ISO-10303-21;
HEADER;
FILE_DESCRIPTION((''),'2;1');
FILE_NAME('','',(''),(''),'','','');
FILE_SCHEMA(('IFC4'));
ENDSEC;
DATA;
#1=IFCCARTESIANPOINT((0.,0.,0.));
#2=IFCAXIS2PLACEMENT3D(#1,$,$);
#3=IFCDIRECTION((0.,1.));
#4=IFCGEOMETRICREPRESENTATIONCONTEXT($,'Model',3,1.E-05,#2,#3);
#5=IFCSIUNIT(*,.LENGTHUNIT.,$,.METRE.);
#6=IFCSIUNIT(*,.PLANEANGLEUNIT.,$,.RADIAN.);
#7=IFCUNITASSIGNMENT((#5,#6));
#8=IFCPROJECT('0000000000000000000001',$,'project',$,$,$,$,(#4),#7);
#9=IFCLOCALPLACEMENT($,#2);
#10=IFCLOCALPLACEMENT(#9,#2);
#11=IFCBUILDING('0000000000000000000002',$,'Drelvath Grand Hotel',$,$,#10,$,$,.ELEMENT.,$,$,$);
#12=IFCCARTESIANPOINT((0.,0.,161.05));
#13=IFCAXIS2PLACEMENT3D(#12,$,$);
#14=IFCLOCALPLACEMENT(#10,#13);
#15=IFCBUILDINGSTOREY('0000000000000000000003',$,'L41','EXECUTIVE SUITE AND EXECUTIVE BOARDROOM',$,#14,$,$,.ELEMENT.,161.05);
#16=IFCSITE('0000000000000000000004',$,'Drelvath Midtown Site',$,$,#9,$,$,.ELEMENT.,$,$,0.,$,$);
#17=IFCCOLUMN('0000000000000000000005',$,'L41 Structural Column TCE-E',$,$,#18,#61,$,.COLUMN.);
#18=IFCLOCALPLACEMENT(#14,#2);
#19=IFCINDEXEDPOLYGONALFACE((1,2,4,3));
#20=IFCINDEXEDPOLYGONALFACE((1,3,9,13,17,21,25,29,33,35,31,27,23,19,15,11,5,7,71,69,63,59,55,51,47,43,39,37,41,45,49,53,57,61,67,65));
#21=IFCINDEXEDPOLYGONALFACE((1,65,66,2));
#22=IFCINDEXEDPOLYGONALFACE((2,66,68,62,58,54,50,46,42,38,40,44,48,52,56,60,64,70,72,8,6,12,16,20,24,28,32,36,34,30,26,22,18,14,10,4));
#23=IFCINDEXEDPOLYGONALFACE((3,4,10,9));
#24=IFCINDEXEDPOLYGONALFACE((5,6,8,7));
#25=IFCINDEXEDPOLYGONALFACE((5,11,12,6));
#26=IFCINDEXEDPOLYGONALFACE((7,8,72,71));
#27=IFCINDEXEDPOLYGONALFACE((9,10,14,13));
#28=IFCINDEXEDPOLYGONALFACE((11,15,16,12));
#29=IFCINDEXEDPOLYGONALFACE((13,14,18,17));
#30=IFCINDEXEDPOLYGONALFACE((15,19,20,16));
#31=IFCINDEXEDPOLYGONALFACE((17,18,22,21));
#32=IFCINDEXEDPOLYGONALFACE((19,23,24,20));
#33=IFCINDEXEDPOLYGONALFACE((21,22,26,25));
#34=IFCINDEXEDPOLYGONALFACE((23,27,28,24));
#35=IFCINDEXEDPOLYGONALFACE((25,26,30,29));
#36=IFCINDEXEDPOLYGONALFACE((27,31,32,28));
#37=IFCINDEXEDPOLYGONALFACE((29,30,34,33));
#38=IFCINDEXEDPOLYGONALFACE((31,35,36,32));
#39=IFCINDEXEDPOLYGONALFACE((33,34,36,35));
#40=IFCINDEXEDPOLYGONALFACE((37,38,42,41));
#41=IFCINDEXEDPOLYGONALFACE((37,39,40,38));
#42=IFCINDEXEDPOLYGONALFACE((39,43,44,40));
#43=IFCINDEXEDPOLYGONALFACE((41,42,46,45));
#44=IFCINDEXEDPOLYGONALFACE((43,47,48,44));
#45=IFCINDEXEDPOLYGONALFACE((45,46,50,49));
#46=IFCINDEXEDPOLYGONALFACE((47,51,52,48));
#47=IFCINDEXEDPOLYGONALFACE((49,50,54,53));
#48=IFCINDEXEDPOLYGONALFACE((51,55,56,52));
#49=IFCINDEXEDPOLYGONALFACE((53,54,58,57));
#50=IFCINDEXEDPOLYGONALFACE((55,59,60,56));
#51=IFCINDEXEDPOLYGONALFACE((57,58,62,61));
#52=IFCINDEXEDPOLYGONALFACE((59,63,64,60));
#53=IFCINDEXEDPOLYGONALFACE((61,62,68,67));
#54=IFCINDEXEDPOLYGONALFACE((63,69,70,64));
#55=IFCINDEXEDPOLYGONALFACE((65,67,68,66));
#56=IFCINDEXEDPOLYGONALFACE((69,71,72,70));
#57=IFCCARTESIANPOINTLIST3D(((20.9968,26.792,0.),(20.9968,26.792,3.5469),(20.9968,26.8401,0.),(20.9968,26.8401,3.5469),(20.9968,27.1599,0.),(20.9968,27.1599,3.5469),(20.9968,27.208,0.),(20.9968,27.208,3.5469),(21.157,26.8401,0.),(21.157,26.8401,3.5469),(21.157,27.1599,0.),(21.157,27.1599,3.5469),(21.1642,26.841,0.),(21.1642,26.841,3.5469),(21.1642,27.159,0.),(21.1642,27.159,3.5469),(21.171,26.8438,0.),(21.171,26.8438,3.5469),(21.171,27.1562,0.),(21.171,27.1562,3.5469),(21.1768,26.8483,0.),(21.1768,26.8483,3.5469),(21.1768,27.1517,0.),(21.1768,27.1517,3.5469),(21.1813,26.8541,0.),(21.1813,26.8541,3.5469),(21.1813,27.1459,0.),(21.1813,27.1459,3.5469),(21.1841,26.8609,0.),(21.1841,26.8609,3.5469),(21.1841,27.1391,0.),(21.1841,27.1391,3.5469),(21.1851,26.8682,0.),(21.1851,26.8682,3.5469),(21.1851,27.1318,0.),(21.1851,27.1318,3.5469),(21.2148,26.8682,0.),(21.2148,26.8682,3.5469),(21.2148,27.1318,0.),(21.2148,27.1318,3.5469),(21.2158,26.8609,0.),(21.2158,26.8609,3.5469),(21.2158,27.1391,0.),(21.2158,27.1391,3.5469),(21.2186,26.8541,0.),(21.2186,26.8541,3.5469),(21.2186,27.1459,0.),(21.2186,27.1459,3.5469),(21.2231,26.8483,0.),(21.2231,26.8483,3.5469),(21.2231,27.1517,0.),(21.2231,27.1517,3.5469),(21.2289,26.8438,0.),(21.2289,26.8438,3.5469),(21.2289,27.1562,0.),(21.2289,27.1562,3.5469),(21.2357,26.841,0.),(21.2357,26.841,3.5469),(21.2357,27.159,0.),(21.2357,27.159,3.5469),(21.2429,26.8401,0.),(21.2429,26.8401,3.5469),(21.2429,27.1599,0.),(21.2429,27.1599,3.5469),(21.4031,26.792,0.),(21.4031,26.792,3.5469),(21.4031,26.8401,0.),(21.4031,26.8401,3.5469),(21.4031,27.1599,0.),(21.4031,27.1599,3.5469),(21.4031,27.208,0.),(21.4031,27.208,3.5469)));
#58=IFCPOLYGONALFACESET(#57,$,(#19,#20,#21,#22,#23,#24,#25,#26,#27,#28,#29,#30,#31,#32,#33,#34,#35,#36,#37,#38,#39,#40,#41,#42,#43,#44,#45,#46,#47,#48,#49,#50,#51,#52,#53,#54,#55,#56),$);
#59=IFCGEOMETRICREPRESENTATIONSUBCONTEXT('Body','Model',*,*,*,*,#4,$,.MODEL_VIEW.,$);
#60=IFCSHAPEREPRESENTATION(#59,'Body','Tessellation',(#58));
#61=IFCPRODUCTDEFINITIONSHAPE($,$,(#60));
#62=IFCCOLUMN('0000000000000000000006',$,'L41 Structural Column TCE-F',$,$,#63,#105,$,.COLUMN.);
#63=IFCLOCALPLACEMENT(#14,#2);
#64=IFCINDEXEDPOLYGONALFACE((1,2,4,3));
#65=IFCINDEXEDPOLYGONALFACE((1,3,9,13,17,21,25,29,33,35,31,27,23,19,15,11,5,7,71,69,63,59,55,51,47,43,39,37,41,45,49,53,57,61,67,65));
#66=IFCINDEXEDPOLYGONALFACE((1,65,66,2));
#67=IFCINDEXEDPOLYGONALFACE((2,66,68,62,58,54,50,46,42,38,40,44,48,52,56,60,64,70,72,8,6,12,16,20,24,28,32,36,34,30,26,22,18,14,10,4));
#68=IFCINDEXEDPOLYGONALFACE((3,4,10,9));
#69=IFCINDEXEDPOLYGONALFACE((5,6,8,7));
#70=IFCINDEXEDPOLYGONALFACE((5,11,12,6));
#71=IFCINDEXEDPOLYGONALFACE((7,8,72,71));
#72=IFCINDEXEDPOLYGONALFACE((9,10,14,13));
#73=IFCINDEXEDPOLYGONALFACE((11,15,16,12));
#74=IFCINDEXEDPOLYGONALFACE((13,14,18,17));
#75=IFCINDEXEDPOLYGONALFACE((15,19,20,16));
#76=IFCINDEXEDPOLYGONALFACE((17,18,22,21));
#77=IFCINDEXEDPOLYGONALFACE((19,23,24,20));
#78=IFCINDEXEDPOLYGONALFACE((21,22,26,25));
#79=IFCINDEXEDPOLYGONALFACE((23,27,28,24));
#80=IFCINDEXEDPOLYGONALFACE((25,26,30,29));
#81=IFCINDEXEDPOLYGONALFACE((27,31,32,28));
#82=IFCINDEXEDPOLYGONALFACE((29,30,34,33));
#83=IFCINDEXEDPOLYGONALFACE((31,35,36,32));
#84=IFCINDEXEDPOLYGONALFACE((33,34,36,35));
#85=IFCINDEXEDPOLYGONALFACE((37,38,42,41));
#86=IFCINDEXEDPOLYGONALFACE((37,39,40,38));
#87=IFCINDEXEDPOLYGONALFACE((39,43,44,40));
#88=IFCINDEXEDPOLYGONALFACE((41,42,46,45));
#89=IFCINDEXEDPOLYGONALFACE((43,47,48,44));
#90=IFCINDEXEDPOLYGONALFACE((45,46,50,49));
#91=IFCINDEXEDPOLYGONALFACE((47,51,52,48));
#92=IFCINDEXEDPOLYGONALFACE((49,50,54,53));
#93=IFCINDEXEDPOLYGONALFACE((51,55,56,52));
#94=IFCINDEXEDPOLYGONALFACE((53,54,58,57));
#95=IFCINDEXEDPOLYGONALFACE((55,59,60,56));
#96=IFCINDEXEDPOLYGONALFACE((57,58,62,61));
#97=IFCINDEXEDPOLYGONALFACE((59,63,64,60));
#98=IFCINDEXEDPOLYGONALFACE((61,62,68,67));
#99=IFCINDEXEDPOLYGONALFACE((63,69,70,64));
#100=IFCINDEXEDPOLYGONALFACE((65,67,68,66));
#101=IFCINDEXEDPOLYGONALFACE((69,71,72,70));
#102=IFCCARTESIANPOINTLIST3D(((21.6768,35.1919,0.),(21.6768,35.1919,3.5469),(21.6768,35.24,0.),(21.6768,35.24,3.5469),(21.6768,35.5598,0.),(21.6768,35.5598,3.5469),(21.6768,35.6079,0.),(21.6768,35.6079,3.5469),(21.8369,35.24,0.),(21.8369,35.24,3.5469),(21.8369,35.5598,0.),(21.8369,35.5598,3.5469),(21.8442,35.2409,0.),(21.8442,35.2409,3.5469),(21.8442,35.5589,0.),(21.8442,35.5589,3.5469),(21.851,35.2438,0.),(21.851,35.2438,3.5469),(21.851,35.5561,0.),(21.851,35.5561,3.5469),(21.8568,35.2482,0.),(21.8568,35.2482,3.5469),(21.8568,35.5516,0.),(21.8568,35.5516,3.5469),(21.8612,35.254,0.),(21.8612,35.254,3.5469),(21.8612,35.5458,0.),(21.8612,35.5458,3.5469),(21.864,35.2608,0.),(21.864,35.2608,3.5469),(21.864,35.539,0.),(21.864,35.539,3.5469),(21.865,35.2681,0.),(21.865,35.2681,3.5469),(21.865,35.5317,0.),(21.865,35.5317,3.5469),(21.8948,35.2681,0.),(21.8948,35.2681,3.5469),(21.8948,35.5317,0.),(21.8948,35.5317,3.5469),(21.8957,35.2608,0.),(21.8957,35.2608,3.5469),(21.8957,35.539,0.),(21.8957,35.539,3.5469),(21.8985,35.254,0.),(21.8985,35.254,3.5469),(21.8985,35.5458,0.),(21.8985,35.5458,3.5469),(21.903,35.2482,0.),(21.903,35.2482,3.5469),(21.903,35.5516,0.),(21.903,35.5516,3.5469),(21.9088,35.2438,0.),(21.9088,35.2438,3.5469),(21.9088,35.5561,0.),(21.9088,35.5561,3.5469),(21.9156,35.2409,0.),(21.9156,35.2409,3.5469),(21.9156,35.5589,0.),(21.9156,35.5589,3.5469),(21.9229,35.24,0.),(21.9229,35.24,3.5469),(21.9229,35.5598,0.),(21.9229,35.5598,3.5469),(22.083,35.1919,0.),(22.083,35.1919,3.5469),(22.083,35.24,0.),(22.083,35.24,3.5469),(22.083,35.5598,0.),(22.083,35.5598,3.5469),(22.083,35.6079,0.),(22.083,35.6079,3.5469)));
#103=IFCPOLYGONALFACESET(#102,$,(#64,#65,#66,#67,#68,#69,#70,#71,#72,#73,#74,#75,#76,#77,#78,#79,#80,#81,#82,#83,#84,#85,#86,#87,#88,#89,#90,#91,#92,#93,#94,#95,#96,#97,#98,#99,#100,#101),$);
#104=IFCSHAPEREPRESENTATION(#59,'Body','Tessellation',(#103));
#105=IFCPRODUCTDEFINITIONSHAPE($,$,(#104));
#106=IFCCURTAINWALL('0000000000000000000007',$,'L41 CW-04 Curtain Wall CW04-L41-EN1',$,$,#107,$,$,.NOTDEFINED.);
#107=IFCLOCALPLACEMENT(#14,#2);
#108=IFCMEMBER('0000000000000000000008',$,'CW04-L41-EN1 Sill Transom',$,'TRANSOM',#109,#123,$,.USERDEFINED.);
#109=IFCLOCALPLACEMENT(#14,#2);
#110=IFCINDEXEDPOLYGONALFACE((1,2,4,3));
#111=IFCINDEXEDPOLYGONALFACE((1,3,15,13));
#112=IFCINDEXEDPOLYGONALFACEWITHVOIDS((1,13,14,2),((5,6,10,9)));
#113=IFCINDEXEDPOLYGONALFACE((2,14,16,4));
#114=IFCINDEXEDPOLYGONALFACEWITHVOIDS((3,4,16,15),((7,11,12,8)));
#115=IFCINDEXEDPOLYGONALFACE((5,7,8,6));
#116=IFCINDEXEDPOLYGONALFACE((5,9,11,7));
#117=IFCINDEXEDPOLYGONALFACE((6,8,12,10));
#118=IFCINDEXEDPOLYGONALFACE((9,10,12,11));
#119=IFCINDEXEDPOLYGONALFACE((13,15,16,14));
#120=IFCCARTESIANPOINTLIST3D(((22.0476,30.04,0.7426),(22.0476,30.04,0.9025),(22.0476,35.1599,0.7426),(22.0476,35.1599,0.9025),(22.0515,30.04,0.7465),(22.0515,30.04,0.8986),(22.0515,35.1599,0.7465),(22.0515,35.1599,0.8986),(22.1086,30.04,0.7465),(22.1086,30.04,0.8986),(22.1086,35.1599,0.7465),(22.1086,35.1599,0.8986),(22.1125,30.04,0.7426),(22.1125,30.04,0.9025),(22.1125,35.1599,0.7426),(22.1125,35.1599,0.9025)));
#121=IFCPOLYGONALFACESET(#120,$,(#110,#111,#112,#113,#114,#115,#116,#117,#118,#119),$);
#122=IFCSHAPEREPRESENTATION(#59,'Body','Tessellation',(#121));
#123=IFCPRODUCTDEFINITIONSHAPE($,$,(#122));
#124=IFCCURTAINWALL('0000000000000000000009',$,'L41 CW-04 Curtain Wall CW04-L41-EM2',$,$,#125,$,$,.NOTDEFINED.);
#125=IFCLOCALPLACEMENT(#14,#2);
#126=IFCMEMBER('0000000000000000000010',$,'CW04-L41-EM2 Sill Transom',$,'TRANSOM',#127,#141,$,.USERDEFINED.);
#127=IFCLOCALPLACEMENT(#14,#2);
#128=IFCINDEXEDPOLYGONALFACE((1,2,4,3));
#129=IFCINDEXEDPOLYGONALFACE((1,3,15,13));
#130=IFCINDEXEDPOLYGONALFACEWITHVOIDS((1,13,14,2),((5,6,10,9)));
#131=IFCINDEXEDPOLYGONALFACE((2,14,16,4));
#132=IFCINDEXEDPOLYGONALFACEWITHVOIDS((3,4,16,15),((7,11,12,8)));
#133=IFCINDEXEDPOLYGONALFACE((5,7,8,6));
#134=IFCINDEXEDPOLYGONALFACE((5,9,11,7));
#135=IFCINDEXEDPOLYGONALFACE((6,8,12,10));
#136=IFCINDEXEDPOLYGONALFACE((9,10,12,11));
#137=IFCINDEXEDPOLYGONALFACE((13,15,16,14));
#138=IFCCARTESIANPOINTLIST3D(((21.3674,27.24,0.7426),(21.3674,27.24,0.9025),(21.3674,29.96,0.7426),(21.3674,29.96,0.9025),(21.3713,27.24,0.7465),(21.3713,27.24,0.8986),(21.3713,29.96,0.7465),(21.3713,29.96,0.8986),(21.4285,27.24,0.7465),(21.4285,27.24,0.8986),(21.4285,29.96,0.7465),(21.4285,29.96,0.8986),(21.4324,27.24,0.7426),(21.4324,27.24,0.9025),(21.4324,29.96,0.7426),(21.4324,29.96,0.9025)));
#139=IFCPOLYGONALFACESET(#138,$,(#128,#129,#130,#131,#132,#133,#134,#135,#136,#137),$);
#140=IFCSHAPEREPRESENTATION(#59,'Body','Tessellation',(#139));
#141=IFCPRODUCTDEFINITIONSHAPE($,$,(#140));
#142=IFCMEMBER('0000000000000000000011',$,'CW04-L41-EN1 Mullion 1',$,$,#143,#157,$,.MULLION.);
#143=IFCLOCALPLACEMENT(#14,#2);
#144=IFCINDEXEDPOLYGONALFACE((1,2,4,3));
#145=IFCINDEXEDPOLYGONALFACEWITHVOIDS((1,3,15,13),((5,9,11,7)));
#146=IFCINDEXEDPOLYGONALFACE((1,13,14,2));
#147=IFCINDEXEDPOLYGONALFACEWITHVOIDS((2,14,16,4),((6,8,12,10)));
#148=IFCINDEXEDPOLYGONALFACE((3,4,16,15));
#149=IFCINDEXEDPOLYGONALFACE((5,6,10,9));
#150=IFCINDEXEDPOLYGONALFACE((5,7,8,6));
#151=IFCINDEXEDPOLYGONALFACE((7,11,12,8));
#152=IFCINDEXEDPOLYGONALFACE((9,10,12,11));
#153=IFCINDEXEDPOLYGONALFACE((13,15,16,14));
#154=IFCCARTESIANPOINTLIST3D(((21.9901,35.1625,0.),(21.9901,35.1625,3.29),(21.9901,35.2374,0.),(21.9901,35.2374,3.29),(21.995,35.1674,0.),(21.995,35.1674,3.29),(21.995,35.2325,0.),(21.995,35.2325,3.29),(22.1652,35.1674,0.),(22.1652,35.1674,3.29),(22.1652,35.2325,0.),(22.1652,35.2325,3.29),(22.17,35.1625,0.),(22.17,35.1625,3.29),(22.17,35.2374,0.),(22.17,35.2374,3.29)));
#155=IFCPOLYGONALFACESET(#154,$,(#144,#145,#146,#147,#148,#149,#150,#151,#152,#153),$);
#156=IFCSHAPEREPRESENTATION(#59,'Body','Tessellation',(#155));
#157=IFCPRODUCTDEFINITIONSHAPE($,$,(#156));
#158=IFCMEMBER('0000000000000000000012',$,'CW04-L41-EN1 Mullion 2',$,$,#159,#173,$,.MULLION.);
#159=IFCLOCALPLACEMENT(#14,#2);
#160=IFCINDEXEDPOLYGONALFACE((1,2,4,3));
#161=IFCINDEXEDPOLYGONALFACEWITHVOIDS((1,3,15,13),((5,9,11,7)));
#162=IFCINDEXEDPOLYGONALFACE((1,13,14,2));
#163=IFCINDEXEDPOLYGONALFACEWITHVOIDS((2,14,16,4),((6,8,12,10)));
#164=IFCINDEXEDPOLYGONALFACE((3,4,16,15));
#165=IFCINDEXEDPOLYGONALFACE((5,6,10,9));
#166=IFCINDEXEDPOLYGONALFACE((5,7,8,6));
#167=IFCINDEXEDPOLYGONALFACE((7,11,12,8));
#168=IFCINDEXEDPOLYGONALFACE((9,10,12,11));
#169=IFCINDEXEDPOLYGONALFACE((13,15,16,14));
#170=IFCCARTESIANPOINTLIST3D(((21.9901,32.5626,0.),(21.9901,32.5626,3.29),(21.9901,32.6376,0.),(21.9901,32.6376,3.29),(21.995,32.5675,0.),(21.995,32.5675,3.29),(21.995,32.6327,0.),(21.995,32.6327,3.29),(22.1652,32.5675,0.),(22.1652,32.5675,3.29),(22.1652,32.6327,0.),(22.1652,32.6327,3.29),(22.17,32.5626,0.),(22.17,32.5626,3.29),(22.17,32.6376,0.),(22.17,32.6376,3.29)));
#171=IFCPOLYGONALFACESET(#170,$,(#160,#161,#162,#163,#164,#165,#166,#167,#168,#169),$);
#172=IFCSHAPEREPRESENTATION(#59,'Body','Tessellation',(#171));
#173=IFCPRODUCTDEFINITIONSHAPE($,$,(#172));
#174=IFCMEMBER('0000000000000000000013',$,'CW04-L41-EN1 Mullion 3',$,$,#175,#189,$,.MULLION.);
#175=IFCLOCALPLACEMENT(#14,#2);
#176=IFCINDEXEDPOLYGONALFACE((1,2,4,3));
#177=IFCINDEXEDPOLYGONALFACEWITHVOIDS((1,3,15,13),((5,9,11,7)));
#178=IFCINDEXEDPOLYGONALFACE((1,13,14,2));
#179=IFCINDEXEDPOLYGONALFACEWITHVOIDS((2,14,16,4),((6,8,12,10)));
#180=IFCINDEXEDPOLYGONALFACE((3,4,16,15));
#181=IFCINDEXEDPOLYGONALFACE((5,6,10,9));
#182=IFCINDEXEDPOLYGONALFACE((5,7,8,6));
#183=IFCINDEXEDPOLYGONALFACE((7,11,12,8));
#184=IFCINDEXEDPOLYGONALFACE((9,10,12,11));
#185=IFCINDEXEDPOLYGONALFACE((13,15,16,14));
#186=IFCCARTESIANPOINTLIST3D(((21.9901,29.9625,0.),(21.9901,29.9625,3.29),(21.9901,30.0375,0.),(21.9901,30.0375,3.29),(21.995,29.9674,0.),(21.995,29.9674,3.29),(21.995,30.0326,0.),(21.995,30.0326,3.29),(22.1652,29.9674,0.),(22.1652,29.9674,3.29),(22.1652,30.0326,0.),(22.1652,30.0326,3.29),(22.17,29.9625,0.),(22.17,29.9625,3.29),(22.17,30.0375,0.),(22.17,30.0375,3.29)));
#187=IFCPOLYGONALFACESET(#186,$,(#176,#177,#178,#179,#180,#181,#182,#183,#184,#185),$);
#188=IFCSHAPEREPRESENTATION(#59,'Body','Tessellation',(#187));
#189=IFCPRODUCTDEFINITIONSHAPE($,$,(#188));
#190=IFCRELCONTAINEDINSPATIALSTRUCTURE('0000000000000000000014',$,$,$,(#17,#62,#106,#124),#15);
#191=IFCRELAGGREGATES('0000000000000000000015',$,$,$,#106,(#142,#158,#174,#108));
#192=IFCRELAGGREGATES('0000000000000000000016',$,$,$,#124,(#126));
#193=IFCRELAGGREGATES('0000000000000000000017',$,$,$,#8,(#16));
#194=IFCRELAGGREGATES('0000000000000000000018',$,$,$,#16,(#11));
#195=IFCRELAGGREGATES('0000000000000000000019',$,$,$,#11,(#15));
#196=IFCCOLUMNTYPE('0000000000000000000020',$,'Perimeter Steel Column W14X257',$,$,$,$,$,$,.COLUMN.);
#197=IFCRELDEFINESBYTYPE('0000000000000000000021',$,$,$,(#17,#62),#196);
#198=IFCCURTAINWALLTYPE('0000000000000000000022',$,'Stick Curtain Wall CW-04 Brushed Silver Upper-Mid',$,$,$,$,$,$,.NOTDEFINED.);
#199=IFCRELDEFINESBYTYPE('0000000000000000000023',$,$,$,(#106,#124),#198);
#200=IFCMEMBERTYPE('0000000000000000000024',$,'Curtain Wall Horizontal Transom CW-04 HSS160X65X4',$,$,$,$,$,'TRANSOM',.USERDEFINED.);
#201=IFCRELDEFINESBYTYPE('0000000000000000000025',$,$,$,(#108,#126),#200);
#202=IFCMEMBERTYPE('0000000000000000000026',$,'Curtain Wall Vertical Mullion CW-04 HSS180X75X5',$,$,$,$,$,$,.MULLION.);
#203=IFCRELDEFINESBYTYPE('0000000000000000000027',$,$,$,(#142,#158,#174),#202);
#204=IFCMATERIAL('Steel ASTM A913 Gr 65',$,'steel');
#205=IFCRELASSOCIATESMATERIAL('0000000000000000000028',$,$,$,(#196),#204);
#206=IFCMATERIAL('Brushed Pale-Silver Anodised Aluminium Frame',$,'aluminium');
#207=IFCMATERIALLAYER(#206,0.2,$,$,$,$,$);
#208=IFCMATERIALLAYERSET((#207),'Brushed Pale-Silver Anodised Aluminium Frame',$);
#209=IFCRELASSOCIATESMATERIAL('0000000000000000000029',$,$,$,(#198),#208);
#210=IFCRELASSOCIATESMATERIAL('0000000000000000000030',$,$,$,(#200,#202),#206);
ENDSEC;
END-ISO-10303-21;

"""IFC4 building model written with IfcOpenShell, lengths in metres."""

from ifc_helpers import new_model, si_unit, direction, frame, origin, origin_2d, place, context, subcontext, project, spatial, hollow_rectangle, i_section, extrude, material, layer, layer_set, material_profile, profile_set, type_object, element, aggregate, save


model = new_model("IFC4")

# Units and contexts
model_context = context("Model", 3, precision=1e-05, world=origin(), true_north=direction((0.0, 1.0)))
body_context = subcontext(model_context, "Body", "Model", "MODEL_VIEW")
ifc_project = project(units=[si_unit("LENGTHUNIT", "METRE"), si_unit("PLANEANGLEUNIT", "RADIAN")], contexts=[model_context])

# Site, building, storey
site_placement = place(None, origin())
site = spatial("IfcSite", under=ifc_project, at=site_placement, Name="Drelvath Midtown Site", CompositionType="ELEMENT", RefElevation=0.0)
building_placement = place(site_placement, origin())
building = spatial("IfcBuilding", under=site, at=building_placement, Name="Drelvath Grand Hotel", CompositionType="ELEMENT")
storey_placement = place(building_placement, frame((0.0, 0.0, 161.05)))
storey = spatial("IfcBuildingStorey", under=building, at=storey_placement, Name="L41", Description="EXECUTIVE SUITE AND EXECUTIVE BOARDROOM", CompositionType="ELEMENT", Elevation=161.05)

# Columns
ifc_material_1 = material(Name="Steel ASTM A913 Gr 65", Category="steel")
ifc_material_profile_1 = material_profile(ifc_material_1, i_section(OverallWidth=0.4062, OverallDepth=0.416, WebThickness=0.0298, FlangeThickness=0.0481, FilletRadius=0.0281, at=origin_2d()), Name="W14X257")
ifc_profile_set_1 = profile_set([ifc_material_profile_1], Name="Steel ASTM A913 Gr 65")
column_type = type_object("IfcColumnType", Name="Perimeter Steel Column W14X257", PredefinedType="COLUMN", material=ifc_profile_set_1)
for number, where, z_axis, x_axis, name in (
    (1, (21.2, 27.0, 0.0), (0.0, 0.0, 1.0), (1.0, 0.0, 0.0), "L41 Structural Column TCE-E"),
    (2, (21.8799, 35.3999, 0.0), (0.0, 0.0, 1.0), (1.0, 0.0, 0.0), "L41 Structural Column TCE-F"),
):
    element("IfcColumn", number, at=place(storey_placement, frame(where, z_axis=z_axis, x_axis=x_axis)), inside=storey, type_object=column_type, Name=name, PredefinedType="COLUMN", context=body_context, shape_type="SweptSolid", body=[
        extrude(i_section(OverallWidth=0.4062, OverallDepth=0.416, WebThickness=0.0298, FlangeThickness=0.0481, FilletRadius=0.0281, at=origin_2d()), origin(), (0.0, 0.0, 1.0), 3.5469),
    ])

# Curtain walls, members
ifc_material_2 = material(Name="Brushed Pale-Silver Anodised Aluminium Frame", Category="aluminium")
ifc_layer_1 = layer(ifc_material_2, 0.2)
ifc_layer_set_1 = layer_set([ifc_layer_1], Name="Brushed Pale-Silver Anodised Aluminium Frame")
curtain_wall_type = type_object("IfcCurtainWallType", Name="Stick Curtain Wall CW-04 Brushed Silver Upper-Mid", PredefinedType="NOTDEFINED", material=ifc_layer_set_1)
curtain_wall_1_placement = place(storey_placement, origin())
curtain_wall_1 = element("IfcCurtainWall", 3, at=curtain_wall_1_placement, inside=storey, type_object=curtain_wall_type, Name="L41 CW-04 Curtain Wall CW04-L41-EN1", PredefinedType="NOTDEFINED")
ifc_material_profile_2 = material_profile(ifc_material_2, hollow_rectangle(XDim=0.0649, YDim=0.1599, WallThickness=0.0039, at=origin_2d()), Name="HSS160X65X4")
ifc_profile_set_2 = profile_set([ifc_material_profile_2], Name="Brushed Pale-Silver Anodised Aluminium Frame")
member_type_1 = type_object("IfcMemberType", Name="Curtain Wall Horizontal Transom CW-04 HSS160X65X4", ElementType="TRANSOM", PredefinedType="USERDEFINED", material=ifc_profile_set_2)
member_1_placement = place(storey_placement, frame((22.0801, 35.1599, 0.8225), z_axis=(0.0, -1.0, 0.0), x_axis=(1.0, 0.0, 0.0)))
member_1 = element("IfcMember", 4, at=member_1_placement, type_object=member_type_1, Name="CW04-L41-EN1 Sill Transom", ObjectType="TRANSOM", PredefinedType="USERDEFINED", context=body_context, shape_type="SweptSolid", body=[
    extrude(hollow_rectangle(XDim=0.0649, YDim=0.1599, WallThickness=0.0039, at=origin_2d()), origin(), (0.0, 0.0, 1.0), 5.1199),
])
curtain_wall_2_placement = place(storey_placement, origin())
curtain_wall_2 = element("IfcCurtainWall", 5, at=curtain_wall_2_placement, inside=storey, type_object=curtain_wall_type, Name="L41 CW-04 Curtain Wall CW04-L41-EM2", PredefinedType="NOTDEFINED")
member_2_placement = place(storey_placement, frame((21.3999, 29.96, 0.8225), z_axis=(0.0, -1.0, 0.0), x_axis=(1.0, 0.0, 0.0)))
member_2 = element("IfcMember", 6, at=member_2_placement, type_object=member_type_1, Name="CW04-L41-EM2 Sill Transom", ObjectType="TRANSOM", PredefinedType="USERDEFINED", context=body_context, shape_type="SweptSolid", body=[
    extrude(hollow_rectangle(XDim=0.0649, YDim=0.1599, WallThickness=0.0039, at=origin_2d()), origin(), (0.0, 0.0, 1.0), 2.72),
])

# Members
ifc_material_profile_3 = material_profile(ifc_material_2, hollow_rectangle(XDim=0.075, YDim=0.1799, WallThickness=0.0049, at=origin_2d()), Name="HSS180X75X5")
ifc_profile_set_3 = profile_set([ifc_material_profile_3], Name="Brushed Pale-Silver Anodised Aluminium Frame")
member_type_2 = type_object("IfcMemberType", Name="Curtain Wall Vertical Mullion CW-04 HSS180X75X5", PredefinedType="MULLION", material=ifc_profile_set_3)
member_3_placement = place(storey_placement, frame((22.0801, 35.2, 0.0), z_axis=(0.0, 0.0, 1.0), x_axis=(0.0, 1.0, 0.0)))
member_3 = element("IfcMember", 7, at=member_3_placement, type_object=member_type_2, Name="CW04-L41-EN1 Mullion 1", PredefinedType="MULLION", context=body_context, shape_type="SweptSolid", body=[
    extrude(hollow_rectangle(XDim=0.075, YDim=0.1799, WallThickness=0.0049, at=origin_2d()), origin(), (0.0, 0.0, 1.0), 3.29),
])
member_4_placement = place(storey_placement, frame((22.0801, 32.6001, 0.0), z_axis=(0.0, 0.0, 1.0), x_axis=(0.0, 1.0, 0.0)))
member_4 = element("IfcMember", 8, at=member_4_placement, type_object=member_type_2, Name="CW04-L41-EN1 Mullion 2", PredefinedType="MULLION", context=body_context, shape_type="SweptSolid", body=[
    extrude(hollow_rectangle(XDim=0.075, YDim=0.1799, WallThickness=0.0049, at=origin_2d()), origin(), (0.0, 0.0, 1.0), 3.29),
])
member_5_placement = place(storey_placement, frame((22.0801, 30.0, 0.0), z_axis=(0.0, 0.0, 1.0), x_axis=(0.0, 1.0, 0.0)))
member_5 = element("IfcMember", 9, at=member_5_placement, type_object=member_type_2, Name="CW04-L41-EN1 Mullion 3", PredefinedType="MULLION", context=body_context, shape_type="SweptSolid", body=[
    extrude(hollow_rectangle(XDim=0.075, YDim=0.1799, WallThickness=0.0049, at=origin_2d()), origin(), (0.0, 0.0, 1.0), 3.29),
])

aggregate(curtain_wall_1, [member_3, member_4, member_5, member_1])
aggregate(curtain_wall_2, [member_2])

save(model, "model.ifc")
